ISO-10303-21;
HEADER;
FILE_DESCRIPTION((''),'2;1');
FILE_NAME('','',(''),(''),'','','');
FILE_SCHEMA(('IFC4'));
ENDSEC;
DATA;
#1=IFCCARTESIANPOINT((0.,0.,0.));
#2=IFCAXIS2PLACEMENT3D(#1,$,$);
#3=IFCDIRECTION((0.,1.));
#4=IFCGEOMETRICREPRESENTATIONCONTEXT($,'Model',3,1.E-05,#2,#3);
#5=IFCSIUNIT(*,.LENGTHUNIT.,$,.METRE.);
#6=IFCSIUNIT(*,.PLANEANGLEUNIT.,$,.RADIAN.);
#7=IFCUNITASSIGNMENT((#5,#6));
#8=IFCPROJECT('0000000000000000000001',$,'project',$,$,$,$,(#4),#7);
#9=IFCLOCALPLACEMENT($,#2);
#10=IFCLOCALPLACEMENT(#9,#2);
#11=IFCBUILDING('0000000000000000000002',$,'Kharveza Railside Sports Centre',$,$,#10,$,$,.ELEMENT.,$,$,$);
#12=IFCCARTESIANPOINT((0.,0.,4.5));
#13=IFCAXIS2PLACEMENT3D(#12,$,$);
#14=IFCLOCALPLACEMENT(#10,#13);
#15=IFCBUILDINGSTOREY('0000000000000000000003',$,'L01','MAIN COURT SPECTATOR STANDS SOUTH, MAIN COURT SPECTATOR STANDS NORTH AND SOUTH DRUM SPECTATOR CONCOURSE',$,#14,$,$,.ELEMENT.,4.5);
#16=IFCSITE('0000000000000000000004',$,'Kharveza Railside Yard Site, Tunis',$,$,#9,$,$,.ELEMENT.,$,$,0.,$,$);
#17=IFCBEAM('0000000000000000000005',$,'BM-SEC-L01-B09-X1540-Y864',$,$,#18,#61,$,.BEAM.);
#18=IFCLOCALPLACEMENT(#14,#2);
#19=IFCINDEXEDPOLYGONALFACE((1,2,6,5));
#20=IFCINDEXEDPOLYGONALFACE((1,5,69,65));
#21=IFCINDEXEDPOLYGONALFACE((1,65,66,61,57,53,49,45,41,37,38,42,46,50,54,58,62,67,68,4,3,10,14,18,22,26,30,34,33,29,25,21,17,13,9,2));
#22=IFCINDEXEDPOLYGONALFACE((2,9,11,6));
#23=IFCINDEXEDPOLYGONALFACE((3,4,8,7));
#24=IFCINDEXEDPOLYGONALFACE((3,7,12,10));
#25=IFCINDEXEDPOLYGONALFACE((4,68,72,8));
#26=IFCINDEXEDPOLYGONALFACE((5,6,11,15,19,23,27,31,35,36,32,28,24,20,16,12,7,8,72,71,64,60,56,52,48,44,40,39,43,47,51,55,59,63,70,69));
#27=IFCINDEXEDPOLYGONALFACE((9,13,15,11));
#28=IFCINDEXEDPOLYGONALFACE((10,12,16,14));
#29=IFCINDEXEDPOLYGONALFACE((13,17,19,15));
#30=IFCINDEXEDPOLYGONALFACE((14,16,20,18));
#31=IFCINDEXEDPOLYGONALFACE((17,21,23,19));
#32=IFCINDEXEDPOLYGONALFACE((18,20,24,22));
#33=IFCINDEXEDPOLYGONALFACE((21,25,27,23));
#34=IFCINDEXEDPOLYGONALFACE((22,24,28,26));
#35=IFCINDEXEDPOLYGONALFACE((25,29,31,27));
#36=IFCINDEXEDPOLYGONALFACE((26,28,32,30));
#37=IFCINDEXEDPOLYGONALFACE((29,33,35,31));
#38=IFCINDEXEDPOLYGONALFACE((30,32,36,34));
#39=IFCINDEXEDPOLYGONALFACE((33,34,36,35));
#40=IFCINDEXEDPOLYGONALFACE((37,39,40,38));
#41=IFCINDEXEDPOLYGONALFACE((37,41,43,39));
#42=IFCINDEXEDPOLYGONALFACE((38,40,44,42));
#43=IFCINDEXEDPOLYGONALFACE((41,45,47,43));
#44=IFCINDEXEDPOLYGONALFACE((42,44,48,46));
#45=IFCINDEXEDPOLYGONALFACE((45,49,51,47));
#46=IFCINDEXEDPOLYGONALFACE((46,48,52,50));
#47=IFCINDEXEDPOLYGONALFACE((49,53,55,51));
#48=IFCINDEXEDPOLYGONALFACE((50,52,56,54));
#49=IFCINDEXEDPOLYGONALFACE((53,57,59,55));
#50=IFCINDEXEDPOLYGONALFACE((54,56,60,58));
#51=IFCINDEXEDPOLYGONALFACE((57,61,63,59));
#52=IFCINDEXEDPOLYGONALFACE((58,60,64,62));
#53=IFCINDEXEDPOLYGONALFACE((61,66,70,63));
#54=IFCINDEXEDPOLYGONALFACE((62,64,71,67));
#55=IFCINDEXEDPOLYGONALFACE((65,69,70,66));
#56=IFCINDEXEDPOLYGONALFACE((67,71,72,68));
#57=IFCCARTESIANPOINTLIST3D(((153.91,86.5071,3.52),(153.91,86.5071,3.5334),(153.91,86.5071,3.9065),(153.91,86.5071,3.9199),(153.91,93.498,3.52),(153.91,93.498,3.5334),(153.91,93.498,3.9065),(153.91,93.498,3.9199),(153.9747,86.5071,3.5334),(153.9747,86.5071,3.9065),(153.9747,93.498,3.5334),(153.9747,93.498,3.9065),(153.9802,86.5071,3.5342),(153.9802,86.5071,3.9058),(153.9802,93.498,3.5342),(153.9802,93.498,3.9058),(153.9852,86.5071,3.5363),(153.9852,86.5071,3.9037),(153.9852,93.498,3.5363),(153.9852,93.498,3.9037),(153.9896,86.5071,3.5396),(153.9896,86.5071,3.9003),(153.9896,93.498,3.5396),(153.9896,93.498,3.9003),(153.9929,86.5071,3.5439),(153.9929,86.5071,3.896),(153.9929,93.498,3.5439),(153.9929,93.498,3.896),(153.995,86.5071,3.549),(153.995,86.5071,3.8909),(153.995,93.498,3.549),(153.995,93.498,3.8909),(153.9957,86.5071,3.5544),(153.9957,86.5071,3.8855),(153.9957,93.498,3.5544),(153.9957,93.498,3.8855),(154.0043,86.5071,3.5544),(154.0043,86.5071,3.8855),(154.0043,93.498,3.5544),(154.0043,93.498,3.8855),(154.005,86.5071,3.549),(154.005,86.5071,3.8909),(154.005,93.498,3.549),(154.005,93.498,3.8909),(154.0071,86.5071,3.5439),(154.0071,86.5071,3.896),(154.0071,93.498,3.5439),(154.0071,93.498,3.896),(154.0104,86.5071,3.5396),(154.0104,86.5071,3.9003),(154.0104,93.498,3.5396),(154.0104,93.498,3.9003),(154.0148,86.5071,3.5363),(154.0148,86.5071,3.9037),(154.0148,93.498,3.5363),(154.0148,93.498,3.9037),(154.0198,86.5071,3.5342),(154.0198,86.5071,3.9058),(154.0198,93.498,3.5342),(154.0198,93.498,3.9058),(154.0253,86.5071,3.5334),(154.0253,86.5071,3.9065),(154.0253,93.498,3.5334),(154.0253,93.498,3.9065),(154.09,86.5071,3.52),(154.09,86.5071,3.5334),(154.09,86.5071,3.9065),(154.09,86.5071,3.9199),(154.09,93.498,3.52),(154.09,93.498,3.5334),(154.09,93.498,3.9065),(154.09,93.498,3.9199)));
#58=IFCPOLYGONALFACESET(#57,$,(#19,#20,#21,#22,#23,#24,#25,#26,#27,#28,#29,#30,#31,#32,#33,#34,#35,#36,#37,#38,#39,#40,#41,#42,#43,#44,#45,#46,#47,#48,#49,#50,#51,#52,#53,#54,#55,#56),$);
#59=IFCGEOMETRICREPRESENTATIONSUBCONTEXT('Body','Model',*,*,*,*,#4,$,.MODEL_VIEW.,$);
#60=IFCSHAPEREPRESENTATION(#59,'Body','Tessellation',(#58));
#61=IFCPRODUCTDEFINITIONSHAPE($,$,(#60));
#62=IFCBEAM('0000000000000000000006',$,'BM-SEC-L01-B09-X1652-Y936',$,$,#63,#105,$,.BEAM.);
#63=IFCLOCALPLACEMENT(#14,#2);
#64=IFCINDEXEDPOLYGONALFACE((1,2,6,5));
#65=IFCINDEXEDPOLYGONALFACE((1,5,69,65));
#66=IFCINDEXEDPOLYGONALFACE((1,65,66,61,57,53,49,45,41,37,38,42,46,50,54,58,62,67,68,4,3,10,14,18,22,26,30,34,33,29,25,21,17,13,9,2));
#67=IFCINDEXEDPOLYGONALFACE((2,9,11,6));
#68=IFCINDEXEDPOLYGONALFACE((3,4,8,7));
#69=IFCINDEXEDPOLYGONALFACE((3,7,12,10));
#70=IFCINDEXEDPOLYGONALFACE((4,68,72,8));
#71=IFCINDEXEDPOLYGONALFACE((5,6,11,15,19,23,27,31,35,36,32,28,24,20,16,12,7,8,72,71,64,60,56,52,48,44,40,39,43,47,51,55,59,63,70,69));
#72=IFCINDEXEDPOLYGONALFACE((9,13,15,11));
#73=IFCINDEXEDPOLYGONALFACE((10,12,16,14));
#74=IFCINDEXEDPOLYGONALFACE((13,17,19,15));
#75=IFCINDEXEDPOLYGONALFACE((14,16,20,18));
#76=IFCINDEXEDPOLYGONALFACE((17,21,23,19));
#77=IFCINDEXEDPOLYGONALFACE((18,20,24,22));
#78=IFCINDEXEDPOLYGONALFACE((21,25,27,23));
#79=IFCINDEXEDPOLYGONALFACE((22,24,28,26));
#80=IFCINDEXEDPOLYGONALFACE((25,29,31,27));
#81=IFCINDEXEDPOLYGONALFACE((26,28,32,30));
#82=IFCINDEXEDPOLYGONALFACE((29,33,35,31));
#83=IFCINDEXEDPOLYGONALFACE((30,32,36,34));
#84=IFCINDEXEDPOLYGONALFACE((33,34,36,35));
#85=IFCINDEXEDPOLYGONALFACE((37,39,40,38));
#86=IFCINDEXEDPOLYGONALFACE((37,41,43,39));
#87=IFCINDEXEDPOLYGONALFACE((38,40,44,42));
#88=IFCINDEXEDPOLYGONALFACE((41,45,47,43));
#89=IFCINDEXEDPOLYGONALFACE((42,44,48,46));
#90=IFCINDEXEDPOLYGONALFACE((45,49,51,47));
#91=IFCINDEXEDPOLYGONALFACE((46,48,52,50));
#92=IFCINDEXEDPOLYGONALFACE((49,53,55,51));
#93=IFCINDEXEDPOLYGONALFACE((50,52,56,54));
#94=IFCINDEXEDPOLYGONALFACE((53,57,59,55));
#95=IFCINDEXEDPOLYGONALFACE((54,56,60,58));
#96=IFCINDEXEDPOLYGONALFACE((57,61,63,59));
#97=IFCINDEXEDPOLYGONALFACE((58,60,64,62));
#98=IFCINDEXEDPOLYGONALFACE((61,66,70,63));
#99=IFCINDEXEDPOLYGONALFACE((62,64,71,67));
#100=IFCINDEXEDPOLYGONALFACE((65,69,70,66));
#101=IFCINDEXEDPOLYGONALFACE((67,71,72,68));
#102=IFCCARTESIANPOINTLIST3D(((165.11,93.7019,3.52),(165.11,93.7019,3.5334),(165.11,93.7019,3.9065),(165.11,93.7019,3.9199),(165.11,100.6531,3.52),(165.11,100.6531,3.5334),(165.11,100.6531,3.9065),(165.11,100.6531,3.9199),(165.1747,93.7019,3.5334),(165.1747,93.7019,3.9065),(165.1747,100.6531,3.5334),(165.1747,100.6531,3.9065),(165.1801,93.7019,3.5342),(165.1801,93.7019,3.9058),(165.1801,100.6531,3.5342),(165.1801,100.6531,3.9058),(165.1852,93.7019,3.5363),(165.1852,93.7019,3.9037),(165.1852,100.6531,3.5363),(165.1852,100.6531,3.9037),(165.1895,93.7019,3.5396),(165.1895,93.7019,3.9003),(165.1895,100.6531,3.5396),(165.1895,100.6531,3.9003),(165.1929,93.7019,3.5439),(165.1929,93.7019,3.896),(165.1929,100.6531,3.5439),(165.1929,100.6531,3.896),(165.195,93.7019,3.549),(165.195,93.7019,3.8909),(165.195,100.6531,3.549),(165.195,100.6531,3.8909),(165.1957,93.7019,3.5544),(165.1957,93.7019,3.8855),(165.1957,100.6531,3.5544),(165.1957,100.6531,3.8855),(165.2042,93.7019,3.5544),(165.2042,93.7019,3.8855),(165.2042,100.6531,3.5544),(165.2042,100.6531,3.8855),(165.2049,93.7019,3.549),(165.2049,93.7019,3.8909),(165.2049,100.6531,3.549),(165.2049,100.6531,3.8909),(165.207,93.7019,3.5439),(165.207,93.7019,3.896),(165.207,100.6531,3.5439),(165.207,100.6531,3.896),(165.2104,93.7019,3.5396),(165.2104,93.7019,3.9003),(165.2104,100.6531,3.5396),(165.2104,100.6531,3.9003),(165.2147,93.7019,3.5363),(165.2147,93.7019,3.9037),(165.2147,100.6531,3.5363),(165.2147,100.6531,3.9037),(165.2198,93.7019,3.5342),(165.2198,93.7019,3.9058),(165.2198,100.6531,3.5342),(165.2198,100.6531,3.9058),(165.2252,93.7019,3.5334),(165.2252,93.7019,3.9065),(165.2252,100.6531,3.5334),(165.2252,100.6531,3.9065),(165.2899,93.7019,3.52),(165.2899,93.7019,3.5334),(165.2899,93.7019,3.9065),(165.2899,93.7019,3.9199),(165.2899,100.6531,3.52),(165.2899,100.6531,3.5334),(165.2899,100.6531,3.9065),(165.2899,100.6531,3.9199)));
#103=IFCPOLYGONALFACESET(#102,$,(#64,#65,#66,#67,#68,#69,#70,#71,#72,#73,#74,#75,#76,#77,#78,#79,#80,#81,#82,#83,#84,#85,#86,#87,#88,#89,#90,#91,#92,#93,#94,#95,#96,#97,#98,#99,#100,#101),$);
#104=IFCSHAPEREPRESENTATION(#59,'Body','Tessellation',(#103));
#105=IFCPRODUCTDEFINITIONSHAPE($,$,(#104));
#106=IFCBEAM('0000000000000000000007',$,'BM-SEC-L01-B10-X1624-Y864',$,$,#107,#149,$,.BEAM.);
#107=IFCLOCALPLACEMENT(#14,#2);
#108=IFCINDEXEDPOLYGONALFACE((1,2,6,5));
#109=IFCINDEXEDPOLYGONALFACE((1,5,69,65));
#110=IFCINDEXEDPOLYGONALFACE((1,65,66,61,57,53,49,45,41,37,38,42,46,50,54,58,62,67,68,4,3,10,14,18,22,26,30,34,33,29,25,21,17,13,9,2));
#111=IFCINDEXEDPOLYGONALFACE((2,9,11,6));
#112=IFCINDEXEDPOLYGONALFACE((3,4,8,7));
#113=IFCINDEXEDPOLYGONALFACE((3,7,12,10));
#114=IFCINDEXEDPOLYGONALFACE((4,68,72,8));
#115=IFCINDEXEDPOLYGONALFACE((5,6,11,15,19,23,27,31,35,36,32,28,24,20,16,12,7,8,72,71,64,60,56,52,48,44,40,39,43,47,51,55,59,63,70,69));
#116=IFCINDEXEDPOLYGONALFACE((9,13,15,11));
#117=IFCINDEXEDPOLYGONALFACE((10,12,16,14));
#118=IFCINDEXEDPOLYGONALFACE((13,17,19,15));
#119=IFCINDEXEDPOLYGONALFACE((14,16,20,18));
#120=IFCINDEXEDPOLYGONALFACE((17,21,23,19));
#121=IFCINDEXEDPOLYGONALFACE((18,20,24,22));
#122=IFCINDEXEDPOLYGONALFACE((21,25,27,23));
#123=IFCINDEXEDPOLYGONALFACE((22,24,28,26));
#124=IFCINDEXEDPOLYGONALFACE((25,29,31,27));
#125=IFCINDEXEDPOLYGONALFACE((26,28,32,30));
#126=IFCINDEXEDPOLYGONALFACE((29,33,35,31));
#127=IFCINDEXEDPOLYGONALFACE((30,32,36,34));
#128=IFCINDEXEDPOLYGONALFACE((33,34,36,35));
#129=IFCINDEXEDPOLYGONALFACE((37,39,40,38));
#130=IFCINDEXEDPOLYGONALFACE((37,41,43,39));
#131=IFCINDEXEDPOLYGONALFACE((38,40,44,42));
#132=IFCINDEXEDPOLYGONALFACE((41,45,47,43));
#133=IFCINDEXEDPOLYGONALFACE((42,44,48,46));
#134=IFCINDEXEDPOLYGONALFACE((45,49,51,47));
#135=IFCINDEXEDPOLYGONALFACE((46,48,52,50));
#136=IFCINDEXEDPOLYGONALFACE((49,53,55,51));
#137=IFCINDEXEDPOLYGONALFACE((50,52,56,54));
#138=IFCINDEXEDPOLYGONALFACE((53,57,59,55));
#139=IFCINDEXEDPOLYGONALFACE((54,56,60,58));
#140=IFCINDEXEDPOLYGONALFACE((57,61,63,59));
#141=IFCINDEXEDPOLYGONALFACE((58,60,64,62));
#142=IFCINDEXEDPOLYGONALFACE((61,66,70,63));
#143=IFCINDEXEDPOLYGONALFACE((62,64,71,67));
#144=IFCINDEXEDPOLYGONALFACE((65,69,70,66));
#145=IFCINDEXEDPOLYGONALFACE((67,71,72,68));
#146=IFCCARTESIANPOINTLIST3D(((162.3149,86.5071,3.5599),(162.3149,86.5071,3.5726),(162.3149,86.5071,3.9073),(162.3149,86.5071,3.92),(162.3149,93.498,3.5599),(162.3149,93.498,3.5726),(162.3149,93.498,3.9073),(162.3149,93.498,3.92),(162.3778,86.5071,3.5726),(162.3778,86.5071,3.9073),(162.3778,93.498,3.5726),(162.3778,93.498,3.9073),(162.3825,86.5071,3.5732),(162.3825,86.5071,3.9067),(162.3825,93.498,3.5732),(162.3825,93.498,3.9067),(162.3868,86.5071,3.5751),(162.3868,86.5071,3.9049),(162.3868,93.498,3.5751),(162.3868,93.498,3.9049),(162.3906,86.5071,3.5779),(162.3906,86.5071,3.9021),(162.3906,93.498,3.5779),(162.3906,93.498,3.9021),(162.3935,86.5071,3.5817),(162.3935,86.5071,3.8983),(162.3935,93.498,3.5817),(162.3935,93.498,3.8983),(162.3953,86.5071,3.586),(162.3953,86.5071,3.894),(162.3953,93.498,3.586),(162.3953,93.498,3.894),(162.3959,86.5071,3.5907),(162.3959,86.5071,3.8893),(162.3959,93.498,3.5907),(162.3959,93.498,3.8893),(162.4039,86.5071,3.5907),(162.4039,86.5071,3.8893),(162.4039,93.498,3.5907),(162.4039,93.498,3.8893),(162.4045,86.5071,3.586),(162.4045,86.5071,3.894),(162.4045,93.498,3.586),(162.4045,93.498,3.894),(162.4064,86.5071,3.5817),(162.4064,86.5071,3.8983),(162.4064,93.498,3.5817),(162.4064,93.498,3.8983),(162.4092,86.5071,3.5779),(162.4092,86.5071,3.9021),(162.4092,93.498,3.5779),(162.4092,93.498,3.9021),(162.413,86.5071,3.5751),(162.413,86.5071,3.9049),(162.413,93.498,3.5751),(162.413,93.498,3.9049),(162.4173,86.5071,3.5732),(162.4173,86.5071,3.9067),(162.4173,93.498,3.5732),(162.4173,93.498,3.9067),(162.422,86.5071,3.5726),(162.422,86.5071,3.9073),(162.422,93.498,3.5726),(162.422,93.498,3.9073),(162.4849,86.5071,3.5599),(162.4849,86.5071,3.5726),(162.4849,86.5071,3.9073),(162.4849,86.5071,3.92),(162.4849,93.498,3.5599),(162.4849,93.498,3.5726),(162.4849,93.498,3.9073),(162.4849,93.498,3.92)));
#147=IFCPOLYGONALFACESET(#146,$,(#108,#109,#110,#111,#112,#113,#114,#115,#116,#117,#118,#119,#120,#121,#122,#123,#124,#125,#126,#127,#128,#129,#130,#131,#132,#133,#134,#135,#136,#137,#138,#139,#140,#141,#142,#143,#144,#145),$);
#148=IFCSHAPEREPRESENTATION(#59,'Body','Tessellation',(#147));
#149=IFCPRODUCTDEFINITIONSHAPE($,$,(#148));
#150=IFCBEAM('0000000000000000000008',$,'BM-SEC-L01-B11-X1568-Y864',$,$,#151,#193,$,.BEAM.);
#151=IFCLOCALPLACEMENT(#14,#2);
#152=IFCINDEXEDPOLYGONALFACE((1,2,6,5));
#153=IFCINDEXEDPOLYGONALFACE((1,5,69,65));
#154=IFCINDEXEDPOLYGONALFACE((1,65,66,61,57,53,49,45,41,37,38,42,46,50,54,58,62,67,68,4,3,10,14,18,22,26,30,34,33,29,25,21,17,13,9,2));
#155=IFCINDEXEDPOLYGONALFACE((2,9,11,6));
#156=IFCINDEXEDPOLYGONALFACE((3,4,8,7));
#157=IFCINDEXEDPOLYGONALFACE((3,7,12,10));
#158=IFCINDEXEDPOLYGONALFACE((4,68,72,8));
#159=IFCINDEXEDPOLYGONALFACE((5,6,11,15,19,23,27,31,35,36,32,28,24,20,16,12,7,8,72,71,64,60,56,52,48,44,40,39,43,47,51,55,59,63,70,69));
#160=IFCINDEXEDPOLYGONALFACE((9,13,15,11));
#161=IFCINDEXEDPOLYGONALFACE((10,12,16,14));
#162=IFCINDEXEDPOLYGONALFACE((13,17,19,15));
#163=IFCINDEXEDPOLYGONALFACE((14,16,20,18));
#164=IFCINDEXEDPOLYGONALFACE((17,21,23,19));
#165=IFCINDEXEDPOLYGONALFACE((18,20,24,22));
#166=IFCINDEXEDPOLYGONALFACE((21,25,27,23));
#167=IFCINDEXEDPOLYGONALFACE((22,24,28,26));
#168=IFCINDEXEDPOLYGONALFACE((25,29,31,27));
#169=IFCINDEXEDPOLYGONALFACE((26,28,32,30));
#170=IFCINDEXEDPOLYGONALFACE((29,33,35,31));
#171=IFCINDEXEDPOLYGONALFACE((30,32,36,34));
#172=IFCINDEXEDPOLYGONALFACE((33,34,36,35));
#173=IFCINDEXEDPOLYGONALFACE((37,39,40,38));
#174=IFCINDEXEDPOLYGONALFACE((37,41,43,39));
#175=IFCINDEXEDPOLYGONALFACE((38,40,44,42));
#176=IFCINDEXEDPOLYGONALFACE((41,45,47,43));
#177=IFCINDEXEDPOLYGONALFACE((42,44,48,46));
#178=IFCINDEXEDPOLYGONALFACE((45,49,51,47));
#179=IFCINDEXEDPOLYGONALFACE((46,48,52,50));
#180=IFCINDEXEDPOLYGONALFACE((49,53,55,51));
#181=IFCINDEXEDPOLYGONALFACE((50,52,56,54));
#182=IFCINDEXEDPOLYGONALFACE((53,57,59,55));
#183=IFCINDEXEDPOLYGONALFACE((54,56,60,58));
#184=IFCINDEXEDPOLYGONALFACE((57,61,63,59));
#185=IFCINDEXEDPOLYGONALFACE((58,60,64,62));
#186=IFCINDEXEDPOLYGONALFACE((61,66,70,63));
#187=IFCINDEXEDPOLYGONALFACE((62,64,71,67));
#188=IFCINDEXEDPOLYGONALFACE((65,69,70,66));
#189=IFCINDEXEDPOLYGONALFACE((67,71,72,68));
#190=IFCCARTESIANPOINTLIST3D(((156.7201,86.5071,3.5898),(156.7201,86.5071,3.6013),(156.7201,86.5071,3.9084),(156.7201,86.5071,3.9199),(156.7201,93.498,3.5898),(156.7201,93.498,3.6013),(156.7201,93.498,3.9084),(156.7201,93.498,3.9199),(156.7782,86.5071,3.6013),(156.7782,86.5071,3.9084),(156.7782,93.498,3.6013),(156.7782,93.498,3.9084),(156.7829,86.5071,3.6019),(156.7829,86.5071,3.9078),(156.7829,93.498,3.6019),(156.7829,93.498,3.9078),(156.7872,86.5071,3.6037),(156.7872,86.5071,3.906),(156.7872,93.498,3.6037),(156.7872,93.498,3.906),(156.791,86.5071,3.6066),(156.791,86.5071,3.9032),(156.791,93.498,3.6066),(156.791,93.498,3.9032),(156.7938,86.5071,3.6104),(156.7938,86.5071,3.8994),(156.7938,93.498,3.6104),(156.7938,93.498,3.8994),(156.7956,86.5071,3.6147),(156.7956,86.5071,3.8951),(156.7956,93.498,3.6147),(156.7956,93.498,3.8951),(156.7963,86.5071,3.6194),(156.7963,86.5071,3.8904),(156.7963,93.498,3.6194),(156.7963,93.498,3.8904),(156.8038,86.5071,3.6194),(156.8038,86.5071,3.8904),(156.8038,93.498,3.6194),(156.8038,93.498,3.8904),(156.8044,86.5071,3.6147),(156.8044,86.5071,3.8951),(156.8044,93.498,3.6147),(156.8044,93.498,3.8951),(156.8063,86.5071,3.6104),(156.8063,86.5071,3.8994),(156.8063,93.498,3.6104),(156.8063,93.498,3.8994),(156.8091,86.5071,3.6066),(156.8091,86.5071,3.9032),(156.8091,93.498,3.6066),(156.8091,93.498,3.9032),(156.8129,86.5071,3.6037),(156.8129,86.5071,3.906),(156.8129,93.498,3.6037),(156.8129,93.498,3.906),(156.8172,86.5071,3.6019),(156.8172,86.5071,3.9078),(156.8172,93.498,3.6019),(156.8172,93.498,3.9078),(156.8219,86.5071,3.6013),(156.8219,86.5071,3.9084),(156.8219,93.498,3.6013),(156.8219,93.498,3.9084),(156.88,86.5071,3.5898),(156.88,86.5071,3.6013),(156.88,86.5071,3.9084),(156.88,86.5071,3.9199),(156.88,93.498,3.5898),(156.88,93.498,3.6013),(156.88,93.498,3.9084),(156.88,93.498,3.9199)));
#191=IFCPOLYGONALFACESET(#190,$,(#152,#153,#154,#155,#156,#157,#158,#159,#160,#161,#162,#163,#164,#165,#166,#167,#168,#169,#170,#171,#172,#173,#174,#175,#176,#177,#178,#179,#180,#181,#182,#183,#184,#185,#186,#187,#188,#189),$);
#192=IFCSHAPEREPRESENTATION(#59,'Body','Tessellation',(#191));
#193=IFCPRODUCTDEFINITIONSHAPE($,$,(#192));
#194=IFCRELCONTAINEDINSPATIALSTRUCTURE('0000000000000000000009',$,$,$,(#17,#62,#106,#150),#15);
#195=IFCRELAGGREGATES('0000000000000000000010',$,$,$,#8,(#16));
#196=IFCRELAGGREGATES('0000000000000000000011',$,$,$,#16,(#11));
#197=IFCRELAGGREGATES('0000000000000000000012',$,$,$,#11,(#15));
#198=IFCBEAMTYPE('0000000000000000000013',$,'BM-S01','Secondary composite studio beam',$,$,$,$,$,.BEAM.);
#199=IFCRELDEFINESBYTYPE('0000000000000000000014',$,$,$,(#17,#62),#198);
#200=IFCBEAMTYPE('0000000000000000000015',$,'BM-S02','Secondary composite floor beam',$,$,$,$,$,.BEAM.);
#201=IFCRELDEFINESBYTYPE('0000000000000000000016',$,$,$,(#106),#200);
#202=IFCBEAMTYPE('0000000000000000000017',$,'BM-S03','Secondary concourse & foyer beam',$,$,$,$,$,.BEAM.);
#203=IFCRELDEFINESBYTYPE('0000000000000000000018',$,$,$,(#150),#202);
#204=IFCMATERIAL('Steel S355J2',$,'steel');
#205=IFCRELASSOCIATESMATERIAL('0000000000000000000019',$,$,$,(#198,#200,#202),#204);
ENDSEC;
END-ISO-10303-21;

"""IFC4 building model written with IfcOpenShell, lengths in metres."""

from ifc_helpers import new_model, si_unit, direction, frame, origin, origin_2d, place, context, subcontext, project, spatial, i_section, extrude, material, material_profile, profile_set, type_object, element, save


model = new_model("IFC4")

# Units and contexts
model_context = context("Model", 3, precision=1e-05, world=origin(), true_north=direction((0.0, 1.0)))
body_context = subcontext(model_context, "Body", "Model", "MODEL_VIEW")
ifc_project = project(units=[si_unit("LENGTHUNIT", "METRE"), si_unit("PLANEANGLEUNIT", "RADIAN")], contexts=[model_context])

# Site, building, storey
site_placement = place(None, origin())
site = spatial("IfcSite", under=ifc_project, at=site_placement, Name="Kharveza Railside Yard Site, Tunis", CompositionType="ELEMENT", RefElevation=0.0)
building_placement = place(site_placement, origin())
building = spatial("IfcBuilding", under=site, at=building_placement, Name="Kharveza Railside Sports Centre", CompositionType="ELEMENT")
storey_placement = place(building_placement, frame((0.0, 0.0, 4.5)))
storey = spatial("IfcBuildingStorey", under=building, at=storey_placement, Name="L01", Description="MAIN COURT SPECTATOR STANDS SOUTH, MAIN COURT SPECTATOR STANDS NORTH AND SOUTH DRUM SPECTATOR CONCOURSE", CompositionType="ELEMENT", Elevation=4.5)

# Shared definitions
ifc_material_1 = material(Name="Steel S355J2", Category="steel")

# Beams
ifc_material_profile_1 = material_profile(ifc_material_1, i_section(OverallWidth=0.1799, OverallDepth=0.3999, WebThickness=0.0085, FlangeThickness=0.0134, FilletRadius=0.021, at=origin_2d()), Name="IPE 400")
ifc_profile_set_1 = profile_set([ifc_material_profile_1], Name="Steel S355J2")
beam_type_1 = type_object("IfcBeamType", Name="BM-S01", Description="Secondary composite studio beam", PredefinedType="BEAM", material=ifc_profile_set_1)
beam_1_placement = place(storey_placement, frame((154.0, 86.5071, 3.72), z_axis=(0.0, 1.0, 0.0), x_axis=(-1.0, 0.0, 0.0)))
element("IfcBeam", 1, at=beam_1_placement, inside=storey, type_object=beam_type_1, Name="BM-SEC-L01-B09-X1540-Y864", PredefinedType="BEAM", context=body_context, shape_type="SweptSolid", body=[
    extrude(i_section(OverallWidth=0.1799, OverallDepth=0.3999, WebThickness=0.0085, FlangeThickness=0.0134, FilletRadius=0.021, at=origin_2d()), origin(), (0.0, 0.0, 1.0), 6.991),
])
beam_2_placement = place(storey_placement, frame((165.2, 93.7019, 3.72), z_axis=(0.0, 1.0, 0.0), x_axis=(-1.0, 0.0, 0.0)))
element("IfcBeam", 2, at=beam_2_placement, inside=storey, type_object=beam_type_1, Name="BM-SEC-L01-B09-X1652-Y936", PredefinedType="BEAM", context=body_context, shape_type="SweptSolid", body=[
    extrude(i_section(OverallWidth=0.1799, OverallDepth=0.3999, WebThickness=0.0085, FlangeThickness=0.0134, FilletRadius=0.021, at=origin_2d()), origin(), (0.0, 0.0, 1.0), 6.9512),
])
ifc_material_profile_2 = material_profile(ifc_material_1, i_section(OverallWidth=0.1699, OverallDepth=0.3601, WebThickness=0.0081, FlangeThickness=0.0127, FilletRadius=0.0181, at=origin_2d()), Name="IPE 360")
ifc_profile_set_2 = profile_set([ifc_material_profile_2], Name="Steel S355J2")
beam_type_2 = type_object("IfcBeamType", Name="BM-S02", Description="Secondary composite floor beam", PredefinedType="BEAM", material=ifc_profile_set_2)
beam_3_placement = place(storey_placement, frame((162.3999, 86.5071, 3.74), z_axis=(0.0, 1.0, 0.0), x_axis=(-1.0, 0.0, 0.0)))
element("IfcBeam", 3, at=beam_3_placement, inside=storey, type_object=beam_type_2, Name="BM-SEC-L01-B10-X1624-Y864", PredefinedType="BEAM", context=body_context, shape_type="SweptSolid", body=[
    extrude(i_section(OverallWidth=0.1699, OverallDepth=0.3601, WebThickness=0.0081, FlangeThickness=0.0127, FilletRadius=0.0181, at=origin_2d()), origin(), (0.0, 0.0, 1.0), 6.991),
])
ifc_material_profile_3 = material_profile(ifc_material_1, i_section(OverallWidth=0.1599, OverallDepth=0.3301, WebThickness=0.0076, FlangeThickness=0.0115, FilletRadius=0.0181, at=origin_2d()), Name="IPE 330")
ifc_profile_set_3 = profile_set([ifc_material_profile_3], Name="Steel S355J2")
beam_type_3 = type_object("IfcBeamType", Name="BM-S03", Description="Secondary concourse & foyer beam", PredefinedType="BEAM", material=ifc_profile_set_3)
beam_4_placement = place(storey_placement, frame((156.8, 86.5071, 3.7549), z_axis=(0.0, 1.0, 0.0), x_axis=(-1.0, 0.0, 0.0)))
element("IfcBeam", 4, at=beam_4_placement, inside=storey, type_object=beam_type_3, Name="BM-SEC-L01-B11-X1568-Y864", PredefinedType="BEAM", context=body_context, shape_type="SweptSolid", body=[
    extrude(i_section(OverallWidth=0.1599, OverallDepth=0.3301, WebThickness=0.0076, FlangeThickness=0.0115, FilletRadius=0.0181, at=origin_2d()), origin(), (0.0, 0.0, 1.0), 6.991),
])

save(model, "model.ifc")
